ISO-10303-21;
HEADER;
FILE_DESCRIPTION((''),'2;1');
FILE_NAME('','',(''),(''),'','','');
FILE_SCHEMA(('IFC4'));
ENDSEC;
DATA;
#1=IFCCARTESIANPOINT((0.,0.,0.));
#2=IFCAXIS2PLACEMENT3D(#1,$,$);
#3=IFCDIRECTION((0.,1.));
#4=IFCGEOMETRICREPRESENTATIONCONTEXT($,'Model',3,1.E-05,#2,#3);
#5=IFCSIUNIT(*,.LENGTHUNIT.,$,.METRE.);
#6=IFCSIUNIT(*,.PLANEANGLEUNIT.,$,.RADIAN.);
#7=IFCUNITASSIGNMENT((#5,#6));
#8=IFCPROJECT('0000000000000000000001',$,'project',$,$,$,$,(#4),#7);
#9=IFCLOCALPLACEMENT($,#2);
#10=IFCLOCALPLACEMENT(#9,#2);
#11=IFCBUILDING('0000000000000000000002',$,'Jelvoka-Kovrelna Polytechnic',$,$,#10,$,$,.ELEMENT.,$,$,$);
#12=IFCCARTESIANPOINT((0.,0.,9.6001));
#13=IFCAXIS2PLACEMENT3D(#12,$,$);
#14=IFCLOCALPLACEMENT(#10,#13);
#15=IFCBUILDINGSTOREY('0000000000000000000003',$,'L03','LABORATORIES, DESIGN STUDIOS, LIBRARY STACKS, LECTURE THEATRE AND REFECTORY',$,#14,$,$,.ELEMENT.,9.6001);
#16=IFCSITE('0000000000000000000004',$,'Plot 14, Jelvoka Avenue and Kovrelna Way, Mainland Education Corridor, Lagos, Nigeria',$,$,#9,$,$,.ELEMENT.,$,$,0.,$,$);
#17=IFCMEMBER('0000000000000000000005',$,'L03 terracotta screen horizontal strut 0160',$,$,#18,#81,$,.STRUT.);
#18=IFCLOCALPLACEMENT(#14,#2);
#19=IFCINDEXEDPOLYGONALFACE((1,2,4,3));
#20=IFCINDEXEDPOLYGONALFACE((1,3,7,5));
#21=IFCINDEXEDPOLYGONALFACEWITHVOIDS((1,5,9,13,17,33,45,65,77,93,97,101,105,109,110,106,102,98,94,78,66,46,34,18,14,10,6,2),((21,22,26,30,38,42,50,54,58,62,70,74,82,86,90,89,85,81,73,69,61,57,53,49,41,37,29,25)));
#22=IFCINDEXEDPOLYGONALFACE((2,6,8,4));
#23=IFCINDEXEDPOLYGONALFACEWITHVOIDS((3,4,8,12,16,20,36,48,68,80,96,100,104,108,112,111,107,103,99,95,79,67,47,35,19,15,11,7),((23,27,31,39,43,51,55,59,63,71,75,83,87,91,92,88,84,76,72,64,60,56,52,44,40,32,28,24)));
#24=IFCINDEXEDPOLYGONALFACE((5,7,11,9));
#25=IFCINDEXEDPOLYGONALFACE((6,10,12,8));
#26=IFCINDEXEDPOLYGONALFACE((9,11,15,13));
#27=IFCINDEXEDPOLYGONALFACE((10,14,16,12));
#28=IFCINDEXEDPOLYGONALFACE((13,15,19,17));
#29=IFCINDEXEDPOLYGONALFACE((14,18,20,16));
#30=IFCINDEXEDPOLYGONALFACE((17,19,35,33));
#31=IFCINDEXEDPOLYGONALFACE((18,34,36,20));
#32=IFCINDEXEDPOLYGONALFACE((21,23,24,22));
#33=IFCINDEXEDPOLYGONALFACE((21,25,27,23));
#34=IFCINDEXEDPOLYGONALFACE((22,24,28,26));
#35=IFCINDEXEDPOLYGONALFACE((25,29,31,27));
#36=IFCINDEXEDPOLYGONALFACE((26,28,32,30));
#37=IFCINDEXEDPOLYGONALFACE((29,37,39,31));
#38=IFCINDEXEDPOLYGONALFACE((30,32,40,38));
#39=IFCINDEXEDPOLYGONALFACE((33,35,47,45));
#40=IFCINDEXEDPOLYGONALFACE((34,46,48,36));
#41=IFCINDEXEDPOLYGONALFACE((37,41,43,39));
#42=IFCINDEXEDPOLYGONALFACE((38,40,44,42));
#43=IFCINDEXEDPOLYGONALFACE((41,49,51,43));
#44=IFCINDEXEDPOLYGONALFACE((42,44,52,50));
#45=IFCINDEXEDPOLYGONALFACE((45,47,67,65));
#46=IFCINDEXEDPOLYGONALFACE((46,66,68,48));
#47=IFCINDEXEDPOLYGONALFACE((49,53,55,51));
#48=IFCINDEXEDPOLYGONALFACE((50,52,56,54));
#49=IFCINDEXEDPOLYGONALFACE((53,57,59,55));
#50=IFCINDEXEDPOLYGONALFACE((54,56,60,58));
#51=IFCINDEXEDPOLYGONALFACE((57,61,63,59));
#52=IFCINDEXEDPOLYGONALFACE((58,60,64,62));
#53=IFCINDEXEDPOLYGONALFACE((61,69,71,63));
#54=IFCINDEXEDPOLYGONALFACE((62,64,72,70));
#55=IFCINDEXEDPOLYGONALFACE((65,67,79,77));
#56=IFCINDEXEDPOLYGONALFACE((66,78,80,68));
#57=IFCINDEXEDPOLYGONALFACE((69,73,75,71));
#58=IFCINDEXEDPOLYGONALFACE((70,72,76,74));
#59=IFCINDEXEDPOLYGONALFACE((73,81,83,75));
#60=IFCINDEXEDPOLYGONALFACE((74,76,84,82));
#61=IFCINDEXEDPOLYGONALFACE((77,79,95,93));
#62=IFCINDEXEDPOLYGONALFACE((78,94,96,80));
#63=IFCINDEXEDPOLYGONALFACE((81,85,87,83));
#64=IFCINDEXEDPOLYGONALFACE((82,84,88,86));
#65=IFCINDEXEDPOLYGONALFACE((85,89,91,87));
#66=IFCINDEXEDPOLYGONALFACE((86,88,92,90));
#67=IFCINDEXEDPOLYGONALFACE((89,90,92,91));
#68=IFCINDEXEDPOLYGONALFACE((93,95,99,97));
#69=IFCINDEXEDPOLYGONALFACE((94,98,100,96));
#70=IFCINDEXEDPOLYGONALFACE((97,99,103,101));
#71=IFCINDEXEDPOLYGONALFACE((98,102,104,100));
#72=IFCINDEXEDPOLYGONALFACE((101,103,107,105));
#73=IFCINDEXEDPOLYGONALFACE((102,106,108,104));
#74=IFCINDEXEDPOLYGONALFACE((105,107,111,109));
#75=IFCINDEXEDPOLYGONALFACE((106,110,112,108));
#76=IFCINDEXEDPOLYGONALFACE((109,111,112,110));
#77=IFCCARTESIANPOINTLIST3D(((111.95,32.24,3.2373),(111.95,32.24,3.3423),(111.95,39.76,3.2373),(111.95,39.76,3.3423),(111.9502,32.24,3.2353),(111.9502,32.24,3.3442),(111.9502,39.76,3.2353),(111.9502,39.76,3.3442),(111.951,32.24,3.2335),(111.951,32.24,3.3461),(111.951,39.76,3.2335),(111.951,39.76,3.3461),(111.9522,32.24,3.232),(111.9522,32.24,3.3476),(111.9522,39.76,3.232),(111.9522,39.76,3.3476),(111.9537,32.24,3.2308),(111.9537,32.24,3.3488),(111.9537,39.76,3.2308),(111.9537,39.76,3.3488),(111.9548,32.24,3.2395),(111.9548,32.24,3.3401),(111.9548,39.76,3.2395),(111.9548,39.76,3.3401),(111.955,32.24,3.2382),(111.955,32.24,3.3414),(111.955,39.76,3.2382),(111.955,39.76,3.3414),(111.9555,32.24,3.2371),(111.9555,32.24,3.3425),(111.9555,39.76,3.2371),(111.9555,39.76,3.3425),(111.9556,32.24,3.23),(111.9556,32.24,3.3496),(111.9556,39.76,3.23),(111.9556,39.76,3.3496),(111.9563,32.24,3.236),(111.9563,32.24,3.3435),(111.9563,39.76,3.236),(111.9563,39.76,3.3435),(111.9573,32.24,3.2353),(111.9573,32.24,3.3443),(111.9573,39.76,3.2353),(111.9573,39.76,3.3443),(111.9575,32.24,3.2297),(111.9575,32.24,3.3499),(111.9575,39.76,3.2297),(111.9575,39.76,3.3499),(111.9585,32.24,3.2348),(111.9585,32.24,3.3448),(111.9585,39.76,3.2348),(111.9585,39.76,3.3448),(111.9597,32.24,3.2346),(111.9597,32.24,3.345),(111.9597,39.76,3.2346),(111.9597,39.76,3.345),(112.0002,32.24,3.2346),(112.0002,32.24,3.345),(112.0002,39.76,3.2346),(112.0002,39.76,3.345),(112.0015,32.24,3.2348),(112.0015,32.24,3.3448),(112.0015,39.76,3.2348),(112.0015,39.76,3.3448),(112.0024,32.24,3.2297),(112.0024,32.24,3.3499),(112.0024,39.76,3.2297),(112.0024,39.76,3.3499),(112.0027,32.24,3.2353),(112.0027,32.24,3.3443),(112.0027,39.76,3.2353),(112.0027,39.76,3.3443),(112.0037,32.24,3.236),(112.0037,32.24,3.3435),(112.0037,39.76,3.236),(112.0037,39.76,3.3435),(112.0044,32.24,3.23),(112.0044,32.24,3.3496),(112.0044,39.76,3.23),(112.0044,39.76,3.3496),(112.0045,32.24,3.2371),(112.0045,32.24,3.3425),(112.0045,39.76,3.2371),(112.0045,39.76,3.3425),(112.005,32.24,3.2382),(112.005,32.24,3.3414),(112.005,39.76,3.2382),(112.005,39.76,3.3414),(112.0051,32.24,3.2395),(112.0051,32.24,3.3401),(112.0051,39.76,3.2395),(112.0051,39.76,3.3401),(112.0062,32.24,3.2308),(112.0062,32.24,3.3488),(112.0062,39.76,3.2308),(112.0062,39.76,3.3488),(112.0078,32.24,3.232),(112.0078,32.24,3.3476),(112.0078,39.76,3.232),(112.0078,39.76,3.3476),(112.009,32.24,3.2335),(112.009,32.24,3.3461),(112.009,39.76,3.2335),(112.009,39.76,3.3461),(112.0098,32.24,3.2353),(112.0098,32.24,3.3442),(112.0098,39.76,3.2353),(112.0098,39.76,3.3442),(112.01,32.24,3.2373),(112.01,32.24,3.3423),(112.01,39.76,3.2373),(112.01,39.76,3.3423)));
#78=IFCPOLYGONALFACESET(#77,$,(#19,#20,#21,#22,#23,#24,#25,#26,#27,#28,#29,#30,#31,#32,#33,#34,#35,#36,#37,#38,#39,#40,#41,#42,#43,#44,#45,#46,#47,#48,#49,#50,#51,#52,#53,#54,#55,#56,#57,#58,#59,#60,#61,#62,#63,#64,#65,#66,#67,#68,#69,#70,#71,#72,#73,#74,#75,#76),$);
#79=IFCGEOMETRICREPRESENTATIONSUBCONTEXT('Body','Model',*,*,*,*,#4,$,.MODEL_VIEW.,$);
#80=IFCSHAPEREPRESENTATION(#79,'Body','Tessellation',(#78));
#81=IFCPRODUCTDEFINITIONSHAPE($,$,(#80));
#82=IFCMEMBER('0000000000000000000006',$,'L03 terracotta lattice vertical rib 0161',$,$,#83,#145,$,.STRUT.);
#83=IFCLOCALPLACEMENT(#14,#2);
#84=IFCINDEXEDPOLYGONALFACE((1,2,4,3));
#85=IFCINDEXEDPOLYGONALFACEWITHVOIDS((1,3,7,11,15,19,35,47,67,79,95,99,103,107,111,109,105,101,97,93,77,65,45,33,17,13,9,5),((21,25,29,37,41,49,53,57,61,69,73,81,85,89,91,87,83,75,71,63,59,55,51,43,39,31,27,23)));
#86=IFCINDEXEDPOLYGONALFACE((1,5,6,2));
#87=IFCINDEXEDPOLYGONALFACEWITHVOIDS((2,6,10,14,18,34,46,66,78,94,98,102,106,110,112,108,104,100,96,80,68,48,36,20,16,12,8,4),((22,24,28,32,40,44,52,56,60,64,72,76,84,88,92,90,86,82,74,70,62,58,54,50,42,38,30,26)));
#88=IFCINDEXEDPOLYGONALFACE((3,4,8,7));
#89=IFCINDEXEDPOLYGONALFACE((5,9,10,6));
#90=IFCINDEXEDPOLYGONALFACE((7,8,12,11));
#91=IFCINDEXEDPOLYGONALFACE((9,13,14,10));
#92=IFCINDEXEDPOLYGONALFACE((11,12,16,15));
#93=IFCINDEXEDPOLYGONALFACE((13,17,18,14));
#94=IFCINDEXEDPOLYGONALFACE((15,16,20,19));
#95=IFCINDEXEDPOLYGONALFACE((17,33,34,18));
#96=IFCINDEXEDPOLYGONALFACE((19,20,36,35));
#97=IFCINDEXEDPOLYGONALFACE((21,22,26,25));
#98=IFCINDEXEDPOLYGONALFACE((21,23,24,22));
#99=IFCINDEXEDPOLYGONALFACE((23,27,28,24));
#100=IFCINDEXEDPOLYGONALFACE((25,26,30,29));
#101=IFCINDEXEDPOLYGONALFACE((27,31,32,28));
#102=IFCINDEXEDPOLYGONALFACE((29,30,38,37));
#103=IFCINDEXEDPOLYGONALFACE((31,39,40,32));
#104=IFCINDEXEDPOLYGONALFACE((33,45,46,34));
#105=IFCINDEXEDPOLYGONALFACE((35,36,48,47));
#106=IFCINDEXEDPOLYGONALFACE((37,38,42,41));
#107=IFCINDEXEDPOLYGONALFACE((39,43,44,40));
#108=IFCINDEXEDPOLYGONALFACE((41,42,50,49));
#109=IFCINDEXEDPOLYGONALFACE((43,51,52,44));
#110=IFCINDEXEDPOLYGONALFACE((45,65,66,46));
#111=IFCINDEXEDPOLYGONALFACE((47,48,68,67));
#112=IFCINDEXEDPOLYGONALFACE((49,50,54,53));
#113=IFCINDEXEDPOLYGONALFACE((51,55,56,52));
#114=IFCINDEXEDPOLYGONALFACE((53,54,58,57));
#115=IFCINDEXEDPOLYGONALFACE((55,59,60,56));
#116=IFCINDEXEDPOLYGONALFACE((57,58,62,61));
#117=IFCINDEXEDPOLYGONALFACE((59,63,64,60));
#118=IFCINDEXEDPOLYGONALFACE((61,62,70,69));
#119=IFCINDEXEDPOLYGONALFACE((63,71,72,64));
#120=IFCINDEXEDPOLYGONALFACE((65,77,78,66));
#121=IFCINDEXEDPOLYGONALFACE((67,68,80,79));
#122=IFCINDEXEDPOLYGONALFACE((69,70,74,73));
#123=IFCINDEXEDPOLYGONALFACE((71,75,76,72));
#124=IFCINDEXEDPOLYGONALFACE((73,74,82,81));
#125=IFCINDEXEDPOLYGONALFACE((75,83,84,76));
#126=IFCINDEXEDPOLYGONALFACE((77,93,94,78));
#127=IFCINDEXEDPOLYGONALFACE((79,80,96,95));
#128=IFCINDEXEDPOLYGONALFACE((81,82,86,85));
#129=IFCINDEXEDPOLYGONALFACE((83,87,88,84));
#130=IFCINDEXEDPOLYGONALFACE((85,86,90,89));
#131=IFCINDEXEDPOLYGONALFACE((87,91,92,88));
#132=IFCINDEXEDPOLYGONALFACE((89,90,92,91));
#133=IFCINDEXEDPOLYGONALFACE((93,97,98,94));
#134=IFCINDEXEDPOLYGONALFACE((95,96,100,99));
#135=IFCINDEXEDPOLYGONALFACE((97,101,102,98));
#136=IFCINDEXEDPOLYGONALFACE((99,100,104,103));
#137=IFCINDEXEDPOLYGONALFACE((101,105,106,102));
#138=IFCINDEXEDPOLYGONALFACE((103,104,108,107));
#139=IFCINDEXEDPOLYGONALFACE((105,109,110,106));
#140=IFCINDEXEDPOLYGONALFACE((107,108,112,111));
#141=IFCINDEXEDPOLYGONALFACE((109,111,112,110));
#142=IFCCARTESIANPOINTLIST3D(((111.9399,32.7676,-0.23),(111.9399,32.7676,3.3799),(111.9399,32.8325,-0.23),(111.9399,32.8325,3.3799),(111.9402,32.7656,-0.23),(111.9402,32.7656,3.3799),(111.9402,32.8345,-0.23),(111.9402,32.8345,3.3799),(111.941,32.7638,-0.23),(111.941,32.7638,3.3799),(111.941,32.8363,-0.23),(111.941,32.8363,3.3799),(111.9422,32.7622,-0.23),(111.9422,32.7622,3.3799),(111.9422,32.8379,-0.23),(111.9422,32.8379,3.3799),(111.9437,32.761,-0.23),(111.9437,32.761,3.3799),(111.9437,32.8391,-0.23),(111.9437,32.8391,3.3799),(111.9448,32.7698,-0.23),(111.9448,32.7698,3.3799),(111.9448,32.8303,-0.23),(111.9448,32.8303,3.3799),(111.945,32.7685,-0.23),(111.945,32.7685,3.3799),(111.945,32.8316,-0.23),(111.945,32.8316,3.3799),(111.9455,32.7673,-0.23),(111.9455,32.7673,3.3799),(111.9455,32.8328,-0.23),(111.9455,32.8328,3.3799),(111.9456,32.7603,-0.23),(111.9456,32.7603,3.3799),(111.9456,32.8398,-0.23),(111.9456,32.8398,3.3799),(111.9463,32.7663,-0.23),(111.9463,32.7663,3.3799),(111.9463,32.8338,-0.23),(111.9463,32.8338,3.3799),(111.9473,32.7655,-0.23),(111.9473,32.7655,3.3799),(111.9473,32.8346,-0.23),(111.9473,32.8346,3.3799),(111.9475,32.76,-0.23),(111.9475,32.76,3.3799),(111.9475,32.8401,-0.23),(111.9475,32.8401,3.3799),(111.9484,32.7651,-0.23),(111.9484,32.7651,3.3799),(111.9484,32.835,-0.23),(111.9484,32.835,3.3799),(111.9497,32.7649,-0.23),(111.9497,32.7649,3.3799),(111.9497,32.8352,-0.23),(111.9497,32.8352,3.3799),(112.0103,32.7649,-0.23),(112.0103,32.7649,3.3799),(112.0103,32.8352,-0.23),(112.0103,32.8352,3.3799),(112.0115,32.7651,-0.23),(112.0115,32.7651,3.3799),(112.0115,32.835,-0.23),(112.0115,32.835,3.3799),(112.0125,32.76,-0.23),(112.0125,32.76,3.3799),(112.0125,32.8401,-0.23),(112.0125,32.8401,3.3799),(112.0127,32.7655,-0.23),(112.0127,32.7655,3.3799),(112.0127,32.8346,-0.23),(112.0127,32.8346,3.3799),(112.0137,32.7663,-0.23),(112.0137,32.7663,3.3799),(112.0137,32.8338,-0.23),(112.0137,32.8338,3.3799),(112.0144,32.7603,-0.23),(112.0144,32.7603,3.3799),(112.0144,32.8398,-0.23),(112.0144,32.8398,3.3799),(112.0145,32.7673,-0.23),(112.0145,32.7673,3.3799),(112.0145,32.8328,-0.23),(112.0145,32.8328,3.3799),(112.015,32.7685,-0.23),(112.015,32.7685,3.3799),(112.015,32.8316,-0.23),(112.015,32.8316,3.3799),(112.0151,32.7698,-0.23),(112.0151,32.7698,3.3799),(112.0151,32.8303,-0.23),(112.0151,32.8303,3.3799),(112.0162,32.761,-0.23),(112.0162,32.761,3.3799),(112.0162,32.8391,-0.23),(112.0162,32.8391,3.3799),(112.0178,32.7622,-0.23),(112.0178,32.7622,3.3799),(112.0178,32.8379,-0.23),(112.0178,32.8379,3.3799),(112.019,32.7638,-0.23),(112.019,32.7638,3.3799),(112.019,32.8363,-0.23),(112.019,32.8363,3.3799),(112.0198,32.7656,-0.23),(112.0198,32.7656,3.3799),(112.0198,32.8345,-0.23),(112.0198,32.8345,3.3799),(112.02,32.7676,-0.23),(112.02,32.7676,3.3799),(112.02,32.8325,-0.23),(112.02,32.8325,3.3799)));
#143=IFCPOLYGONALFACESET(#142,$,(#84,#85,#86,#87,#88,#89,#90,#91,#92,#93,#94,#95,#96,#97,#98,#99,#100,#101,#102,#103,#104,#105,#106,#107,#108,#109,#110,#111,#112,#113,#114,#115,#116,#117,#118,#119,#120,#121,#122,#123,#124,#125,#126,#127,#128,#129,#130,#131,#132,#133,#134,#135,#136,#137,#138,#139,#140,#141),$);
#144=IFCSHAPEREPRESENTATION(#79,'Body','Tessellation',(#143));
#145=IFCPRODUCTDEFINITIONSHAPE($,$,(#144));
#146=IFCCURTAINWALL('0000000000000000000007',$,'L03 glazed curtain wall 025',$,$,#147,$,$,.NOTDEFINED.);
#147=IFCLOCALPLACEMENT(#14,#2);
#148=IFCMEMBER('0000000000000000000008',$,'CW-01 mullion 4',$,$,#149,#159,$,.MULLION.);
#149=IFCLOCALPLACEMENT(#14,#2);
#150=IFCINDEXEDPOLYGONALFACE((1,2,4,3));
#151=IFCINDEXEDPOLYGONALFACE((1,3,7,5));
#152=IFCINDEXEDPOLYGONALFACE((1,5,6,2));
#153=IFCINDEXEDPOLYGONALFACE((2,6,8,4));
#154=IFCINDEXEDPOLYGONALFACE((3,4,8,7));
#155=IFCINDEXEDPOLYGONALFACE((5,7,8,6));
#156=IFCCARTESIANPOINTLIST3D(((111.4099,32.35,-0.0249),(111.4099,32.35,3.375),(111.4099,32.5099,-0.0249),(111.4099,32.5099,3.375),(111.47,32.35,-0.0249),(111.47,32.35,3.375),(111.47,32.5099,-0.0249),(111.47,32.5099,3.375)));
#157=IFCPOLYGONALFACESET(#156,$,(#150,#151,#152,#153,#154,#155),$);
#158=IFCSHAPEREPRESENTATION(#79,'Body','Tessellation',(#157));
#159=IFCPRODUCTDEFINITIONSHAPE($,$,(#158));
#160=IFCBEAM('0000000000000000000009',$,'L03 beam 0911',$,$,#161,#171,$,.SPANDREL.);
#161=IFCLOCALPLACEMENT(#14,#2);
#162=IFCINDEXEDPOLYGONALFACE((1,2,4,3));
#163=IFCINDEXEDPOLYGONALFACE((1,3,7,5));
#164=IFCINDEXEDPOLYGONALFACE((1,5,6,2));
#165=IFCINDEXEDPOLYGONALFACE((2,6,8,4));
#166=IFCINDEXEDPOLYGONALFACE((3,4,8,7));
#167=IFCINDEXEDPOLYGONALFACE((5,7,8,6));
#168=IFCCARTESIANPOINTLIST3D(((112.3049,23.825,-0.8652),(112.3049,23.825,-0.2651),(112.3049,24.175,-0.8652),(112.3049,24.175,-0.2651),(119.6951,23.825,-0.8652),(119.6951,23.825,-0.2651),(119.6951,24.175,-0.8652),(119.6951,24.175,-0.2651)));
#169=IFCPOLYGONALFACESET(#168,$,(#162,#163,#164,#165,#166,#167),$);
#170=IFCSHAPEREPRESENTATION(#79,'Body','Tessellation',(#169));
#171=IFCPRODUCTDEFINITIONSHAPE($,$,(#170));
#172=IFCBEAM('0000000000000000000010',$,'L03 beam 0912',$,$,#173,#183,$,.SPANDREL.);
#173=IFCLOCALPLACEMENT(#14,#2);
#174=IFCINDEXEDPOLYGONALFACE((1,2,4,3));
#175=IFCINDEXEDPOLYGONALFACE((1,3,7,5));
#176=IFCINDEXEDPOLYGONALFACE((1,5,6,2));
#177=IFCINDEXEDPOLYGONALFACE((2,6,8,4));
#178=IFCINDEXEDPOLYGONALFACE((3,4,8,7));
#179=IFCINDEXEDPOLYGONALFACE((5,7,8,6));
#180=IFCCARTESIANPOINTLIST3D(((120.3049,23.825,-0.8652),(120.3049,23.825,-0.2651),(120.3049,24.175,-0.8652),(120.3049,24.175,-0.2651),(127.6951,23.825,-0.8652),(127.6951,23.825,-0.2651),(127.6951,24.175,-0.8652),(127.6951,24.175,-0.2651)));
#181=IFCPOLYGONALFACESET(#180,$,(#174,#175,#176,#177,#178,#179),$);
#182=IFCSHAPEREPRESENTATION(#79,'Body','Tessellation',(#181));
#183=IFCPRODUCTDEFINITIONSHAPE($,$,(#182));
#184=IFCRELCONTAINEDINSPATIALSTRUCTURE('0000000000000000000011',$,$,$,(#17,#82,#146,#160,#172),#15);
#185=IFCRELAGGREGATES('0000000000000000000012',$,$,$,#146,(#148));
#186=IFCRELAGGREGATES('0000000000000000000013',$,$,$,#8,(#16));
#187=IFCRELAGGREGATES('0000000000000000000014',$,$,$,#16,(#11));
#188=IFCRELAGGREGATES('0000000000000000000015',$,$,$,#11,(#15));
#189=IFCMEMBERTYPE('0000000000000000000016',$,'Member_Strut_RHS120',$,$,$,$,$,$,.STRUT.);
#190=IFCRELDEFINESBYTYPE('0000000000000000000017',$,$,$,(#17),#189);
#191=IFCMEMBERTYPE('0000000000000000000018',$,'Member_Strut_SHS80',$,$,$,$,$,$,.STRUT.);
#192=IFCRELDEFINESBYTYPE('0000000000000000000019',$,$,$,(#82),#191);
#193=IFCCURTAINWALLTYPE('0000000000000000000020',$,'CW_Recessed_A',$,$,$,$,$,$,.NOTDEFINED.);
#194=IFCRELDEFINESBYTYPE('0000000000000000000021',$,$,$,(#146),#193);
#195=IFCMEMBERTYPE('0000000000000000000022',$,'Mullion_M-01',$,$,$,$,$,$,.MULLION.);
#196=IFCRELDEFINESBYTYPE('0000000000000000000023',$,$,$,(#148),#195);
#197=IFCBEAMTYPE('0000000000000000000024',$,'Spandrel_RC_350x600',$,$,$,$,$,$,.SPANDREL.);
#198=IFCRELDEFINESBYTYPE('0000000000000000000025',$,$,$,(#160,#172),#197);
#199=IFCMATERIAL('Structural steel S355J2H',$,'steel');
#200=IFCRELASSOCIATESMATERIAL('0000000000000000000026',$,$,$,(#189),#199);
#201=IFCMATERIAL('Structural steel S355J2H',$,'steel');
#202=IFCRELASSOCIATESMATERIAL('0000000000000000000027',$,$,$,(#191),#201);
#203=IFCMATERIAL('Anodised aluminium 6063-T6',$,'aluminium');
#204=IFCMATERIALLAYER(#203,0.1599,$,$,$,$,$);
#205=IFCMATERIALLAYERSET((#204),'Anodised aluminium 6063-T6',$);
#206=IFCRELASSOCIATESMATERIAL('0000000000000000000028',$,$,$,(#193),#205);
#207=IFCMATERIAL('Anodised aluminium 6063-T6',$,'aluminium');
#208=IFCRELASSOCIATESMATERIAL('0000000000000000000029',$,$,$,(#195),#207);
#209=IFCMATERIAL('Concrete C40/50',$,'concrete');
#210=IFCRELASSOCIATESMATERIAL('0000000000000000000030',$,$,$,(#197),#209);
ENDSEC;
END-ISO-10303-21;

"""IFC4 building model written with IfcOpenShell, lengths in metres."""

from ifc_helpers import new_model, si_unit, direction, frame, origin, origin_2d, place, context, subcontext, project, spatial, rectangle, hollow_rectangle, extrude, material, layer, layer_set, material_profile, profile_set, type_object, element, aggregate, save


model = new_model("IFC4")

# Units and contexts
model_context = context("Model", 3, precision=1e-05, world=origin(), true_north=direction((0.0, 1.0)))
body_context = subcontext(model_context, "Body", "Model", "MODEL_VIEW")
ifc_project = project(units=[si_unit("LENGTHUNIT", "METRE"), si_unit("PLANEANGLEUNIT", "RADIAN")], contexts=[model_context])

# Site, building, storey
site_placement = place(None, origin())
site = spatial("IfcSite", under=ifc_project, at=site_placement, Name="Plot 14, Jelvoka Avenue and Kovrelna Way, Mainland Education Corridor, Lagos, Nigeria", CompositionType="ELEMENT", RefElevation=0.0)
building_placement = place(site_placement, origin())
building = spatial("IfcBuilding", under=site, at=building_placement, Name="Jelvoka-Kovrelna Polytechnic", CompositionType="ELEMENT")
storey_placement = place(building_placement, frame((0.0, 0.0, 9.6001)))
storey = spatial("IfcBuildingStorey", under=building, at=storey_placement, Name="L03", Description="LABORATORIES, DESIGN STUDIOS, LIBRARY STACKS, LECTURE THEATRE AND REFECTORY", CompositionType="ELEMENT", Elevation=9.6001)

# Members
ifc_material_1 = material(Name="Structural steel S355J2H", Category="steel")
ifc_material_profile_1 = material_profile(ifc_material_1, hollow_rectangle(XDim=0.0601, YDim=0.1201, WallThickness=0.0049, InnerFilletRadius=0.0049, OuterFilletRadius=0.0076, at=origin_2d()), Name="120x60x5.0 RHS")
ifc_profile_set_1 = profile_set([ifc_material_profile_1], Name="Structural steel S355J2H")
member_type_1 = type_object("IfcMemberType", Name="Member_Strut_RHS120", PredefinedType="STRUT", material=ifc_profile_set_1)
for number, where, z_axis, x_axis, name in (
    (1, (111.98, 32.24, 3.2898), (0.0, 1.0, 0.0), (-1.0, 0.0, 0.0), "L03 terracotta screen horizontal strut 0160"),
):
    element("IfcMember", number, at=place(storey_placement, frame(where, z_axis=z_axis, x_axis=x_axis)), inside=storey, type_object=member_type_1, Name=name, PredefinedType="STRUT", context=body_context, shape_type="SweptSolid", body=[
        extrude(hollow_rectangle(XDim=0.0601, YDim=0.1201, WallThickness=0.0049, InnerFilletRadius=0.0049, OuterFilletRadius=0.0076, at=origin_2d()), origin(), (0.0, 0.0, 1.0), 7.52),
    ])
ifc_material_2 = material(Name="Structural steel S355J2H", Category="steel")
ifc_material_profile_2 = material_profile(ifc_material_2, hollow_rectangle(XDim=0.0801, YDim=0.0801, WallThickness=0.0049, InnerFilletRadius=0.0049, OuterFilletRadius=0.0076, at=origin_2d()), Name="80x80x5.0 SHS")
ifc_profile_set_2 = profile_set([ifc_material_profile_2], Name="Structural steel S355J2H")
member_type_2 = type_object("IfcMemberType", Name="Member_Strut_SHS80", PredefinedType="STRUT", material=ifc_profile_set_2)
member_1_placement = place(storey_placement, frame((111.98, 32.8, -0.23), z_axis=(0.0, 0.0, 1.0), x_axis=(1.0, 0.0, 0.0)))
element("IfcMember", 2, at=member_1_placement, inside=storey, type_object=member_type_2, Name="L03 terracotta lattice vertical rib 0161", PredefinedType="STRUT", context=body_context, shape_type="SweptSolid", body=[
    extrude(hollow_rectangle(XDim=0.0801, YDim=0.0801, WallThickness=0.0049, InnerFilletRadius=0.0049, OuterFilletRadius=0.0076, at=origin_2d()), origin(), (0.0, 0.0, 1.0), 3.6099),
])

# Curtain wall, member
ifc_material_3 = material(Name="Anodised aluminium 6063-T6", Category="aluminium")
ifc_layer_1 = layer(ifc_material_3, 0.1599)
ifc_layer_set_1 = layer_set([ifc_layer_1], Name="Anodised aluminium 6063-T6")
curtain_wall_type = type_object("IfcCurtainWallType", Name="CW_Recessed_A", PredefinedType="NOTDEFINED", material=ifc_layer_set_1)
curtain_wall_placement = place(storey_placement, origin())
curtain_wall = element("IfcCurtainWall", 3, at=curtain_wall_placement, inside=storey, type_object=curtain_wall_type, Name="L03 glazed curtain wall 025", PredefinedType="NOTDEFINED")
ifc_material_4 = material(Name="Anodised aluminium 6063-T6", Category="aluminium")
ifc_material_profile_3 = material_profile(ifc_material_4, rectangle(XDim=0.0601, YDim=0.1599, at=origin_2d()), Name="ALU 60x160")
ifc_profile_set_3 = profile_set([ifc_material_profile_3], Name="Anodised aluminium 6063-T6")
member_type_3 = type_object("IfcMemberType", Name="Mullion_M-01", PredefinedType="MULLION", material=ifc_profile_set_3)
member_2_placement = place(storey_placement, frame((111.4399, 32.4299, -0.0249), z_axis=(0.0, 0.0, 1.0), x_axis=(1.0, 0.0, 0.0)))
member_2 = element("IfcMember", 4, at=member_2_placement, type_object=member_type_3, Name="CW-01 mullion 4", PredefinedType="MULLION", context=body_context, shape_type="SweptSolid", body=[
    extrude(rectangle(XDim=0.0601, YDim=0.1599, at=origin_2d()), origin(), (0.0, 0.0, 1.0), 3.3999),
])
aggregate(curtain_wall, [member_2])

# Beams
ifc_material_5 = material(Name="Concrete C40/50", Category="concrete")
ifc_material_profile_4 = material_profile(ifc_material_5, rectangle(XDim=0.3501, YDim=0.6001, at=origin_2d()), Name="RC 350x600")
ifc_profile_set_4 = profile_set([ifc_material_profile_4], Name="Concrete C40/50")
beam_type_1 = type_object("IfcBeamType", Name="Spandrel_RC_350x600", PredefinedType="SPANDREL", material=ifc_profile_set_4)
for number, where, z_axis, x_axis, name in (
    (5, (112.3049, 24.0, -0.5652), (1.0, 0.0, 0.0), (0.0, 1.0, 0.0), "L03 beam 0911"),
    (6, (120.3049, 24.0, -0.5652), (1.0, 0.0, 0.0), (0.0, 1.0, 0.0), "L03 beam 0912"),
):
    element("IfcBeam", number, at=place(storey_placement, frame(where, z_axis=z_axis, x_axis=x_axis)), inside=storey, type_object=beam_type_1, Name=name, PredefinedType="SPANDREL", context=body_context, shape_type="SweptSolid", body=[
        extrude(rectangle(XDim=0.3501, YDim=0.6001, at=origin_2d()), origin(), (0.0, 0.0, 1.0), 7.3901),
    ])

save(model, "model.ifc")
